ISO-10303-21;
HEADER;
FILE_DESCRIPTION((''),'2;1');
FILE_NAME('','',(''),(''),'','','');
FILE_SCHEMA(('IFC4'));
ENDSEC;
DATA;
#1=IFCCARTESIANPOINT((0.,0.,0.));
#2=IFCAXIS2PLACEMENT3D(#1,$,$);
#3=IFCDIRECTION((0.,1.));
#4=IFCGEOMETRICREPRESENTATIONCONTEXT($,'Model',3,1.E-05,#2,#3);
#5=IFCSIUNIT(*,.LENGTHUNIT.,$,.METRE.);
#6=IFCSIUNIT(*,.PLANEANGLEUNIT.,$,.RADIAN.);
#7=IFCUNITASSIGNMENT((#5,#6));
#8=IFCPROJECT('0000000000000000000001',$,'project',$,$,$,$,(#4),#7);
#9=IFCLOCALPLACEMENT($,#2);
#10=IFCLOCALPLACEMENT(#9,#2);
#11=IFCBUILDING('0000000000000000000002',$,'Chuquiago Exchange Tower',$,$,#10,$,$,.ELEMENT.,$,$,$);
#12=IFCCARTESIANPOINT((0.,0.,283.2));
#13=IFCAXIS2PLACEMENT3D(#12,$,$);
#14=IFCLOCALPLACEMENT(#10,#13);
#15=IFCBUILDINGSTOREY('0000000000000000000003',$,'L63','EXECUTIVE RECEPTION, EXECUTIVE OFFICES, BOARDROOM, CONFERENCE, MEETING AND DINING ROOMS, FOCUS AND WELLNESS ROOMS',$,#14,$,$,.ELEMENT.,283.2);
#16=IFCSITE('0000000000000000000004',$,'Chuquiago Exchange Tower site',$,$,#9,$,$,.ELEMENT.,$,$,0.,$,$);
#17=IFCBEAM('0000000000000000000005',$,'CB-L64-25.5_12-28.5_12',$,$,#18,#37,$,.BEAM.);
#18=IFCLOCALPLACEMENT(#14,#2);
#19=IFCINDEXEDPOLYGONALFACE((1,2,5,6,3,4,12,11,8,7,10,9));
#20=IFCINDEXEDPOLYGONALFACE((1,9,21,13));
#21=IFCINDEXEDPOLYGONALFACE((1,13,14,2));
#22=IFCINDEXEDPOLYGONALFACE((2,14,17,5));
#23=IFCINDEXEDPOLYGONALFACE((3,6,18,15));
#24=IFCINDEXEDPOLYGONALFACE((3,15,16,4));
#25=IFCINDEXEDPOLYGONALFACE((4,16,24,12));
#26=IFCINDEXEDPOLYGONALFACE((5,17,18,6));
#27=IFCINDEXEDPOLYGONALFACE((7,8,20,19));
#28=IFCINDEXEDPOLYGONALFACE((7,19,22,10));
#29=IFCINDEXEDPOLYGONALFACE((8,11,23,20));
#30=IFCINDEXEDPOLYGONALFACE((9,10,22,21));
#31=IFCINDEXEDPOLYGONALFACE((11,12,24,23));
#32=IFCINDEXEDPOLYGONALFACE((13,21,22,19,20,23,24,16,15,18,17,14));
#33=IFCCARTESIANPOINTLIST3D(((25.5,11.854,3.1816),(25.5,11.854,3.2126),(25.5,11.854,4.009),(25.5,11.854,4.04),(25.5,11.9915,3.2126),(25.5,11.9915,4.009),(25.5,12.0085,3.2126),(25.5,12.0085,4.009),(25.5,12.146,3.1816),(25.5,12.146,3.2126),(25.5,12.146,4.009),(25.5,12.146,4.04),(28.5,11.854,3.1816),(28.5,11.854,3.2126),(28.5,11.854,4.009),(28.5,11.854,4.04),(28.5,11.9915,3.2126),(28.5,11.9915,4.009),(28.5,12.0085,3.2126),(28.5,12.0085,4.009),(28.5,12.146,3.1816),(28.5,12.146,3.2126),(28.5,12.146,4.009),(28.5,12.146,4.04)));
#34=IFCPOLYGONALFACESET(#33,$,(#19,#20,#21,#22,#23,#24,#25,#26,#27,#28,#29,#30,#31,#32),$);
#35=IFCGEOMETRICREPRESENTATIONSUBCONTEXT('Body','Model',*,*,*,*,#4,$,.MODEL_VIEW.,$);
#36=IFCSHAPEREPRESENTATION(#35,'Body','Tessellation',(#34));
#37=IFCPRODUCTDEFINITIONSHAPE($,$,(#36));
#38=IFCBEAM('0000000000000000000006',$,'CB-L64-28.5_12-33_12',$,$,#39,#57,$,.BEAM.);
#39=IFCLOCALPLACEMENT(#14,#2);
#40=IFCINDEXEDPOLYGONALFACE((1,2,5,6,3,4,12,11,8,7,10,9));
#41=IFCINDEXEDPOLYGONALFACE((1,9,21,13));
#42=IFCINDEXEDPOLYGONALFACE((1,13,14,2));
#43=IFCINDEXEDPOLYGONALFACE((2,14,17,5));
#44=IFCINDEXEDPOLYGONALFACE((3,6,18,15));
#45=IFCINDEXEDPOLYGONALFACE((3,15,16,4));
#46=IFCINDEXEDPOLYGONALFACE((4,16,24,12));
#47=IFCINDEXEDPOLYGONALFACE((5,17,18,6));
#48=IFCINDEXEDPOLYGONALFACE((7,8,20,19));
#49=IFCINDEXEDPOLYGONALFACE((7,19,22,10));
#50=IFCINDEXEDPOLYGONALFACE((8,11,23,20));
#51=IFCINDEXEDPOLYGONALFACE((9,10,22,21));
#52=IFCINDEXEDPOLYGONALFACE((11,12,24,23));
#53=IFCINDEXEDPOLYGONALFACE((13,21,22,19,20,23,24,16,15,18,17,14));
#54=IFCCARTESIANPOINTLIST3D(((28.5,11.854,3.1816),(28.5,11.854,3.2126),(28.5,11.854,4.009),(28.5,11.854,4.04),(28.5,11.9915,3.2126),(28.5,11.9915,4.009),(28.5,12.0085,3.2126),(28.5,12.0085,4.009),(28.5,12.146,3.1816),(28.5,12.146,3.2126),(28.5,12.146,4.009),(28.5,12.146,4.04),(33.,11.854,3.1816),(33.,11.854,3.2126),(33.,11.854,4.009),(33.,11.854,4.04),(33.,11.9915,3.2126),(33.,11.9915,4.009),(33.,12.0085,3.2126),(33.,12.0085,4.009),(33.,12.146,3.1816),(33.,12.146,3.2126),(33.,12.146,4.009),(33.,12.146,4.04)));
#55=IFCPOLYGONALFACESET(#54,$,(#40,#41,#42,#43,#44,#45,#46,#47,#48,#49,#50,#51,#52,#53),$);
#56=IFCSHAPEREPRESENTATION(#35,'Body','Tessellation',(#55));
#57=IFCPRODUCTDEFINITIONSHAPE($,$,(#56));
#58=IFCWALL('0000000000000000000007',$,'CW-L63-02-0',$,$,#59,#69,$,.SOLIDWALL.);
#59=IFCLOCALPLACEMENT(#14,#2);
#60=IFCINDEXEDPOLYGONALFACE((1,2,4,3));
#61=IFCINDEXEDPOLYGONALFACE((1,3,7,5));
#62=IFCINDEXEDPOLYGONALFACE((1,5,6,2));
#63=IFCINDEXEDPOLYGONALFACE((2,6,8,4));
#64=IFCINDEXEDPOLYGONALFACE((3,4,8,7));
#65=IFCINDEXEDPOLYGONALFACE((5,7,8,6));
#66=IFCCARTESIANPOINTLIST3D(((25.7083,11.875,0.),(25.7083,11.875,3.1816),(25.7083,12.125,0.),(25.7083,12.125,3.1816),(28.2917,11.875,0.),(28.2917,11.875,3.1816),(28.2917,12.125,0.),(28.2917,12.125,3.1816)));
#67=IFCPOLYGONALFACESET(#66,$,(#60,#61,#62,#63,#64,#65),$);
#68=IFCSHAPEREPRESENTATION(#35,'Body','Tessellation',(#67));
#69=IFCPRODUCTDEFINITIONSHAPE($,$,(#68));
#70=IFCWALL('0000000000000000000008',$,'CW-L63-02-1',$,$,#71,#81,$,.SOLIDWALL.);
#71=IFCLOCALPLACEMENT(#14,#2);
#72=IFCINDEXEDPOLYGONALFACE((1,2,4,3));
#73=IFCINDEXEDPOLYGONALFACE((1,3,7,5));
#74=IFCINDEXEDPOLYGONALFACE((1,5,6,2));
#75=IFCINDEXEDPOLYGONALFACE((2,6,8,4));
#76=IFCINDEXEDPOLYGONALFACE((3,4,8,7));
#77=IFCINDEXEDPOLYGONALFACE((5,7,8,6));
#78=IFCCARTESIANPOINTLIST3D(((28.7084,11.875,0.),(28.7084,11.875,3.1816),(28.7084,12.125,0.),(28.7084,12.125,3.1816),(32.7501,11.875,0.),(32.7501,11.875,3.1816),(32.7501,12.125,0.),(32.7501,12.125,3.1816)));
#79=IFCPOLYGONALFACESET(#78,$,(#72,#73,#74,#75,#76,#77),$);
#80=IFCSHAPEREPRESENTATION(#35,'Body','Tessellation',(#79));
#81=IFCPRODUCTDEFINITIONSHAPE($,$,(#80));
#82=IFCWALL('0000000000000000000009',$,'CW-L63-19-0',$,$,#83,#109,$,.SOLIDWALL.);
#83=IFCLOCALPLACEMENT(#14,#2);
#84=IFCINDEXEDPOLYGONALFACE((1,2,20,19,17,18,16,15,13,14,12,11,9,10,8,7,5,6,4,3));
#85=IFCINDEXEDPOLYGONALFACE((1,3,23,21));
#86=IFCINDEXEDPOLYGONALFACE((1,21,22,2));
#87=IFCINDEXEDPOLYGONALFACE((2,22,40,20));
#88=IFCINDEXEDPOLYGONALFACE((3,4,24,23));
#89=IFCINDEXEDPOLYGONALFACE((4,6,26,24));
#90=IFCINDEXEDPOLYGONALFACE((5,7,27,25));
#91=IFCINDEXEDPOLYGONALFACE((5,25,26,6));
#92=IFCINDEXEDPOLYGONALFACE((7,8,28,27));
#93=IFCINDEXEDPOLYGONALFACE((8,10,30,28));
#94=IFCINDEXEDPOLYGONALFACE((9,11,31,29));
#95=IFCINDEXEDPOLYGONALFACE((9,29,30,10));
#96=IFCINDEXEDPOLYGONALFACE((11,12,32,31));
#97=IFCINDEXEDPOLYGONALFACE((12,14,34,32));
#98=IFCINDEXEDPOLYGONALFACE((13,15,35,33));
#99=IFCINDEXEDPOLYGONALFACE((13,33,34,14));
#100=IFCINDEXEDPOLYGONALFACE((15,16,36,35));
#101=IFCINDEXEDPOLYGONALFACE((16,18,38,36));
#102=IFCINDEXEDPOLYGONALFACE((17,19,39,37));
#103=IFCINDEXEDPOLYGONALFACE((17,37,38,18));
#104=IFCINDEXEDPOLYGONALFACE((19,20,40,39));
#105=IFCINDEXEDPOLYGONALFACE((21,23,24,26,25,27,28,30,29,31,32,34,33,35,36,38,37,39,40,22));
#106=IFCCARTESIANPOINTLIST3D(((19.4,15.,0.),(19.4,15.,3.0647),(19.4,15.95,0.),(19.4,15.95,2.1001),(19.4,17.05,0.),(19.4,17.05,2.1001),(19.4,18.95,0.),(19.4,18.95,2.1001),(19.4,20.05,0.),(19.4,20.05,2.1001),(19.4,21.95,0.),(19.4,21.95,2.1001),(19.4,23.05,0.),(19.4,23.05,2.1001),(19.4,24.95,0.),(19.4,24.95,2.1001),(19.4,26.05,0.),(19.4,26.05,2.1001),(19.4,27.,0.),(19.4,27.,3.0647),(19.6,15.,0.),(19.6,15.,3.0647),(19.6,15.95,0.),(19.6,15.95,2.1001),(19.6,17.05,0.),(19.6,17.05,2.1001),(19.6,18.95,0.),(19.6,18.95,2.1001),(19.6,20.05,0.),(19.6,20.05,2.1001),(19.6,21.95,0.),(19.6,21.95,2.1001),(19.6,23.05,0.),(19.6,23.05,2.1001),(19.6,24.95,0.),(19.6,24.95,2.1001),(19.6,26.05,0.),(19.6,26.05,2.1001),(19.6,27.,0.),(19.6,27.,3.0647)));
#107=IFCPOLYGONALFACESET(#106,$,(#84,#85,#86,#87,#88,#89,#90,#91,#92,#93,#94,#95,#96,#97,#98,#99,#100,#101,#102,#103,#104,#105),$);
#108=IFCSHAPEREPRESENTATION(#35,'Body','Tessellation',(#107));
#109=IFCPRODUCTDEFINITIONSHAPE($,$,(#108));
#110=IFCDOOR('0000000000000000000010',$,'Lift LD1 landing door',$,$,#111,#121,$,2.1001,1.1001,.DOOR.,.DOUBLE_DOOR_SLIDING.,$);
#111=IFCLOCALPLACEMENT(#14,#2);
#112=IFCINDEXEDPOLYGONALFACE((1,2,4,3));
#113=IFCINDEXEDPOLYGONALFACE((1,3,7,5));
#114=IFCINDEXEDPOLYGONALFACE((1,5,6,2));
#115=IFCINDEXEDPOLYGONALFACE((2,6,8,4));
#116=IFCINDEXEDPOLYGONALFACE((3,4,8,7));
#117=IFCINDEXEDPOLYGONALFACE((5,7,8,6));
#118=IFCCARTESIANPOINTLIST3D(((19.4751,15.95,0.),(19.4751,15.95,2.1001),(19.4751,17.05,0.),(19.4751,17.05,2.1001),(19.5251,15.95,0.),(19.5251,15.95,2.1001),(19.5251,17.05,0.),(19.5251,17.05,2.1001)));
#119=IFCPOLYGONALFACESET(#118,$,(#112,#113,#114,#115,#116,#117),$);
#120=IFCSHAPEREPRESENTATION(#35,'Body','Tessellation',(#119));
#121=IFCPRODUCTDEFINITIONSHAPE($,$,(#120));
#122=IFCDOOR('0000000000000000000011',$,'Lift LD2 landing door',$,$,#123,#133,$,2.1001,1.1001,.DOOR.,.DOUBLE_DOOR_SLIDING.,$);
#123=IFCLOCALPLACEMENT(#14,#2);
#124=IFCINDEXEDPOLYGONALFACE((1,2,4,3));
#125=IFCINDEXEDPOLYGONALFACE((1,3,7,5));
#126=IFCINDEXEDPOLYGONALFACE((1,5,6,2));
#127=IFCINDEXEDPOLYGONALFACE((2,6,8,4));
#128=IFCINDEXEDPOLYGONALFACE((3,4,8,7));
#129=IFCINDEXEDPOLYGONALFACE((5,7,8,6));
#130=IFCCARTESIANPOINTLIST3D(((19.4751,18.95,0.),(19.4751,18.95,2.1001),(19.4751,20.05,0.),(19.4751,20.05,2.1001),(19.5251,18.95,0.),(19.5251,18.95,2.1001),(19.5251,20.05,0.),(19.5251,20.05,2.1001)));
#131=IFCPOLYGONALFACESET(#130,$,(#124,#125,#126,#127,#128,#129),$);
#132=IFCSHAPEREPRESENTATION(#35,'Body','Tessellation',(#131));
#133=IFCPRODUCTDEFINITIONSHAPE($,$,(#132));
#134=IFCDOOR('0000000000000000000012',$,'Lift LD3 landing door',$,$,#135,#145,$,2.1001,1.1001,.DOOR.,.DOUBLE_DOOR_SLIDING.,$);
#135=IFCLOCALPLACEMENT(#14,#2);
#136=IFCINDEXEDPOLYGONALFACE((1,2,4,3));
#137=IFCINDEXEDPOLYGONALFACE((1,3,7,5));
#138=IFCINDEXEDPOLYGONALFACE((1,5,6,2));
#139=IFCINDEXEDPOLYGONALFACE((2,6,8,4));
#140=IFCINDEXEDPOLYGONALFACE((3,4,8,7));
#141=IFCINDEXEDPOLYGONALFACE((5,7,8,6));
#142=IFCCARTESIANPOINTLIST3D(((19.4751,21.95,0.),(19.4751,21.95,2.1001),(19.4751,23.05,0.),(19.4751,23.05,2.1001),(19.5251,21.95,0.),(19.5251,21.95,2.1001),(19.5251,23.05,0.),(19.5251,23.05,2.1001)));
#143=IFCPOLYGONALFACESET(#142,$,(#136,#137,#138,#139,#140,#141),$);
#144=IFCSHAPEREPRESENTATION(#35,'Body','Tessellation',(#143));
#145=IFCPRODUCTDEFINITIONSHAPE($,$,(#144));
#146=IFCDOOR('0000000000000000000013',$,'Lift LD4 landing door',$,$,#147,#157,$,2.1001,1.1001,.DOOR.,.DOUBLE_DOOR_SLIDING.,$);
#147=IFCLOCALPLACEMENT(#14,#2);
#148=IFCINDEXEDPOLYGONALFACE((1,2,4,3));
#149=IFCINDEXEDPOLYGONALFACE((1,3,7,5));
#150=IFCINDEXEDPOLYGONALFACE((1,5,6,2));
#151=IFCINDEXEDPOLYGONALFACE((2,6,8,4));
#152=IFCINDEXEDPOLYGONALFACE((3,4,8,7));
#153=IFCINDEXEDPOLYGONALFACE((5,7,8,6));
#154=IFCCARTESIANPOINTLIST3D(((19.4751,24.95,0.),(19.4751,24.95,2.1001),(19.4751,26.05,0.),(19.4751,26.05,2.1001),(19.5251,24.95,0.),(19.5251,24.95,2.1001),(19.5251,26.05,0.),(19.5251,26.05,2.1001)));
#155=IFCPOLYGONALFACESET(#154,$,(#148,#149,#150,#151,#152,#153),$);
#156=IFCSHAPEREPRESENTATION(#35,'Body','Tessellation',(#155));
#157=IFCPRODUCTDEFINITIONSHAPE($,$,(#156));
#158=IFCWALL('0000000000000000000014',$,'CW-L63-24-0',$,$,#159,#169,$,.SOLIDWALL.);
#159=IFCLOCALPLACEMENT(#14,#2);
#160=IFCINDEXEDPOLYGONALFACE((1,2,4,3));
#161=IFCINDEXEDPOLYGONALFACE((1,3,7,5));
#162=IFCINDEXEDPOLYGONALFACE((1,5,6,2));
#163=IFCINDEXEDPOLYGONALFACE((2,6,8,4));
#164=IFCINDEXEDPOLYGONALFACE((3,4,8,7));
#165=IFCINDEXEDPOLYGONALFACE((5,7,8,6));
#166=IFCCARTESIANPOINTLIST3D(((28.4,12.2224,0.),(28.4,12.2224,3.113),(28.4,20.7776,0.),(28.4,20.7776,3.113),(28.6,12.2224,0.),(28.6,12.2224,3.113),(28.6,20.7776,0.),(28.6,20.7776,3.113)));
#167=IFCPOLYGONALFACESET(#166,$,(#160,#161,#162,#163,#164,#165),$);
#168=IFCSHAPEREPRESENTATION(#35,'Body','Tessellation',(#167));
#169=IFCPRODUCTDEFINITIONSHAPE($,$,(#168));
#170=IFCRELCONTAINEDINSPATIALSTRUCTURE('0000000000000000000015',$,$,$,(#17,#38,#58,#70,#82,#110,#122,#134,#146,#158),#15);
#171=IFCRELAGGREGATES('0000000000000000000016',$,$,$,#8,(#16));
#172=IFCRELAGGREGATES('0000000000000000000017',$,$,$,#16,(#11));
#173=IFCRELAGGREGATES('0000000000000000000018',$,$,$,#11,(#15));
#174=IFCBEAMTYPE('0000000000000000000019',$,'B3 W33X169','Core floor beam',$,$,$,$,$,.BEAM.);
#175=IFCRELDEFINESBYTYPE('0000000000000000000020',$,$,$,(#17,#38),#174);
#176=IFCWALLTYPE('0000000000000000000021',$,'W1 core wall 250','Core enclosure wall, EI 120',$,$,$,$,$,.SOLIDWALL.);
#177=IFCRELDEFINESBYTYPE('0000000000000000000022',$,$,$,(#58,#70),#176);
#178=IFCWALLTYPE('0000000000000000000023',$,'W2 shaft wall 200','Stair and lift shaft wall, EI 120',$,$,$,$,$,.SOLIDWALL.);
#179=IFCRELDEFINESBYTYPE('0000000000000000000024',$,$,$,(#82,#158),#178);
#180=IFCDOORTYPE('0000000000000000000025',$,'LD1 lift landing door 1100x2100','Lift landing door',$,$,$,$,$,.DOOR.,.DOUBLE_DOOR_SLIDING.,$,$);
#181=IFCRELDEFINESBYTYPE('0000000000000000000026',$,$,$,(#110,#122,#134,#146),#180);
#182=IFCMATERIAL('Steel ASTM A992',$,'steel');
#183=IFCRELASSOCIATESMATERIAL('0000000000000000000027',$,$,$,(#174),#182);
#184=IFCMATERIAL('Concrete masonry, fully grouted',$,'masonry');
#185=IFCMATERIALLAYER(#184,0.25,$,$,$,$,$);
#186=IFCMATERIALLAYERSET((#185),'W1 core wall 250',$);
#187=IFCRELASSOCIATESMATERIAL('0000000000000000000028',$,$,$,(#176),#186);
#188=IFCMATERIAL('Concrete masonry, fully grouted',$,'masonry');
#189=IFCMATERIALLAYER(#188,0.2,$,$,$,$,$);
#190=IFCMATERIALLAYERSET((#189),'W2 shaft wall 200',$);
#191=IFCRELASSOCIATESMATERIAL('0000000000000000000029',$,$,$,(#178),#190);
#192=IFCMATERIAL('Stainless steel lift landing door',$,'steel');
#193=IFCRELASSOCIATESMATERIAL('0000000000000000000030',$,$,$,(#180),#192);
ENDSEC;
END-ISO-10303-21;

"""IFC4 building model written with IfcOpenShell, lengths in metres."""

from ifc_helpers import new_model, si_unit, direction, frame, frame_2d, origin, origin_2d, place, context, subcontext, project, spatial, rectangle, i_section, extrude, material, layer, layer_set, material_profile, profile_set, type_object, element, fill, save


model = new_model("IFC4")

# Units and contexts
model_context = context("Model", 3, precision=1e-05, world=origin(), true_north=direction((0.0, 1.0)))
body_context = subcontext(model_context, "Body", "Model", "MODEL_VIEW")
ifc_project = project(units=[si_unit("LENGTHUNIT", "METRE"), si_unit("PLANEANGLEUNIT", "RADIAN")], contexts=[model_context])

# Site, building, storey
site_placement = place(None, origin())
site = spatial("IfcSite", under=ifc_project, at=site_placement, Name="Chuquiago Exchange Tower site", CompositionType="ELEMENT", RefElevation=0.0)
building_placement = place(site_placement, origin())
building = spatial("IfcBuilding", under=site, at=building_placement, Name="Chuquiago Exchange Tower", CompositionType="ELEMENT")
storey_placement = place(building_placement, frame((0.0, 0.0, 283.2)))
storey = spatial("IfcBuildingStorey", under=building, at=storey_placement, Name="L63", Description="EXECUTIVE RECEPTION, EXECUTIVE OFFICES, BOARDROOM, CONFERENCE, MEETING AND DINING ROOMS, FOCUS AND WELLNESS ROOMS", CompositionType="ELEMENT", Elevation=283.2)

# Beams
ifc_material_1 = material(Name="Steel ASTM A992", Category="steel")
ifc_material_profile_1 = material_profile(ifc_material_1, i_section(OverallWidth=0.292, OverallDepth=0.8584, WebThickness=0.0171, FlangeThickness=0.031, at=origin_2d()), Name="W33X169")
ifc_profile_set_1 = profile_set([ifc_material_profile_1], Name="Steel ASTM A992")
beam_type_1 = type_object("IfcBeamType", Name="B3 W33X169", Description="Core floor beam", PredefinedType="BEAM", material=ifc_profile_set_1)
beam_1_placement = place(storey_placement, frame((25.5, 12.0, 3.6108), z_axis=(1.0, 0.0, 0.0), x_axis=(0.0, 1.0, 0.0)))
element("IfcBeam", 1, at=beam_1_placement, inside=storey, type_object=beam_type_1, Name="CB-L64-25.5_12-28.5_12", PredefinedType="BEAM", context=body_context, shape_type="SweptSolid", body=[
    extrude(i_section(OverallWidth=0.292, OverallDepth=0.8584, WebThickness=0.0171, FlangeThickness=0.031, at=origin_2d()), origin(), (0.0, 0.0, 1.0), 3.0),
])
beam_2_placement = place(storey_placement, frame((28.5, 12.0, 3.6108), z_axis=(1.0, 0.0, 0.0), x_axis=(0.0, 1.0, 0.0)))
element("IfcBeam", 2, at=beam_2_placement, inside=storey, type_object=beam_type_1, Name="CB-L64-28.5_12-33_12", PredefinedType="BEAM", context=body_context, shape_type="SweptSolid", body=[
    extrude(i_section(OverallWidth=0.292, OverallDepth=0.8584, WebThickness=0.0171, FlangeThickness=0.031, at=origin_2d()), origin(), (0.0, 0.0, 1.0), 4.5),
])

# Walls
ifc_material_2 = material(Name="Concrete masonry, fully grouted", Category="masonry")
ifc_layer_1 = layer(ifc_material_2, 0.25)
ifc_layer_set_1 = layer_set([ifc_layer_1], Name="W1 core wall 250")
wall_type_1 = type_object("IfcWallType", Name="W1 core wall 250", Description="Core enclosure wall, EI 120", PredefinedType="SOLIDWALL", material=ifc_layer_set_1)
wall_1_placement = place(storey_placement, frame((25.7083, 12.0, 0.0), z_axis=(0.0, 0.0, 1.0), x_axis=(1.0, 0.0, 0.0)))
element("IfcWall", 3, at=wall_1_placement, inside=storey, type_object=wall_type_1, Name="CW-L63-02-0", PredefinedType="SOLIDWALL", context=body_context, shape_type="SweptSolid", body=[
    extrude(rectangle(XDim=2.5835, YDim=0.25, at=frame_2d((1.2917, 0.0))), origin(), (0.0, 0.0, 1.0), 3.1816),
])
wall_2_placement = place(storey_placement, frame((28.7083, 12.0, 0.0), z_axis=(0.0, 0.0, 1.0), x_axis=(1.0, 0.0, 0.0)))
element("IfcWall", 4, at=wall_2_placement, inside=storey, type_object=wall_type_1, Name="CW-L63-02-1", PredefinedType="SOLIDWALL", context=body_context, shape_type="SweptSolid", body=[
    extrude(rectangle(XDim=4.0417, YDim=0.25, at=frame_2d((2.021, 0.0))), origin(), (0.0, 0.0, 1.0), 3.1816),
])

# Wall, openings, doors
ifc_material_3 = material(Name="Concrete masonry, fully grouted", Category="masonry")
ifc_layer_2 = layer(ifc_material_3, 0.2)
ifc_layer_set_2 = layer_set([ifc_layer_2], Name="W2 shaft wall 200")
wall_type_2 = type_object("IfcWallType", Name="W2 shaft wall 200", Description="Stair and lift shaft wall, EI 120", PredefinedType="SOLIDWALL", material=ifc_layer_set_2)
wall_3_placement = place(storey_placement, frame((19.5, 15.0, 0.0), z_axis=(0.0, 0.0, 1.0), x_axis=(0.0, 1.0, 0.0)))
wall_3 = element("IfcWall", 5, at=wall_3_placement, inside=storey, type_object=wall_type_2, Name="CW-L63-19-0", PredefinedType="SOLIDWALL", context=body_context, shape_type="SweptSolid", body=[
    extrude(rectangle(XDim=12.0, YDim=0.2, at=frame_2d((6.0, 0.0))), origin(), (0.0, 0.0, 1.0), 3.0647),
])
opening_1_placement = place(wall_3_placement, frame((0.95, 0.0, 0.0)))
opening_1 = element("IfcOpeningElement", 6, at=opening_1_placement, cuts=wall_3, PredefinedType="OPENING", context=body_context, shape_type="SweptSolid", body=[
    extrude(rectangle(XDim=1.1001, YDim=2.1001, at=frame_2d((0.55, 1.05))), frame((0.0, 0.1099, 0.0), z_axis=(0.0, -1.0, 0.0), x_axis=(1.0, 0.0, 0.0)), (0.0, 0.0, 1.0), 0.22),
])
opening_2_placement = place(wall_3_placement, frame((3.95, 0.0, 0.0)))
opening_2 = element("IfcOpeningElement", 7, at=opening_2_placement, cuts=wall_3, PredefinedType="OPENING", context=body_context, shape_type="SweptSolid", body=[
    extrude(rectangle(XDim=1.1001, YDim=2.1001, at=frame_2d((0.55, 1.05))), frame((0.0, 0.1099, 0.0), z_axis=(0.0, -1.0, 0.0), x_axis=(1.0, 0.0, 0.0)), (0.0, 0.0, 1.0), 0.22),
])
opening_3_placement = place(wall_3_placement, frame((6.95, 0.0, 0.0)))
opening_3 = element("IfcOpeningElement", 8, at=opening_3_placement, cuts=wall_3, PredefinedType="OPENING", context=body_context, shape_type="SweptSolid", body=[
    extrude(rectangle(XDim=1.1001, YDim=2.1001, at=frame_2d((0.55, 1.05))), frame((0.0, 0.1099, 0.0), z_axis=(0.0, -1.0, 0.0), x_axis=(1.0, 0.0, 0.0)), (0.0, 0.0, 1.0), 0.22),
])
opening_4_placement = place(wall_3_placement, frame((9.95, 0.0, 0.0)))
opening_4 = element("IfcOpeningElement", 9, at=opening_4_placement, cuts=wall_3, PredefinedType="OPENING", context=body_context, shape_type="SweptSolid", body=[
    extrude(rectangle(XDim=1.1001, YDim=2.1001, at=frame_2d((0.55, 1.05))), frame((0.0, 0.1099, 0.0), z_axis=(0.0, -1.0, 0.0), x_axis=(1.0, 0.0, 0.0)), (0.0, 0.0, 1.0), 0.22),
])
ifc_material_4 = material(Name="Stainless steel lift landing door", Category="steel")
door_type = type_object("IfcDoorType", Name="LD1 lift landing door 1100x2100", Description="Lift landing door", OperationType="DOUBLE_DOOR_SLIDING", PredefinedType="DOOR", material=ifc_material_4)
door_1_placement = place(opening_1_placement, origin())
door_1 = element("IfcDoor", 10, at=door_1_placement, inside=storey, type_object=door_type, Name="Lift LD1 landing door", OperationType="DOUBLE_DOOR_SLIDING", OverallHeight=2.1001, OverallWidth=1.1001, PredefinedType="DOOR", context=body_context, shape_type="SweptSolid", body=[
    extrude(rectangle(XDim=1.1001, YDim=2.1001, at=frame_2d((0.55, 1.05))), frame((0.0, 0.0249, 0.0), z_axis=(0.0, -1.0, 0.0), x_axis=(1.0, 0.0, 0.0)), (0.0, 0.0, 1.0), 0.05),
])
fill(opening_1, door_1)
door_2_placement = place(opening_2_placement, origin())
door_2 = element("IfcDoor", 11, at=door_2_placement, inside=storey, type_object=door_type, Name="Lift LD2 landing door", OperationType="DOUBLE_DOOR_SLIDING", OverallHeight=2.1001, OverallWidth=1.1001, PredefinedType="DOOR", context=body_context, shape_type="SweptSolid", body=[
    extrude(rectangle(XDim=1.1001, YDim=2.1001, at=frame_2d((0.55, 1.05))), frame((0.0, 0.0249, 0.0), z_axis=(0.0, -1.0, 0.0), x_axis=(1.0, 0.0, 0.0)), (0.0, 0.0, 1.0), 0.05),
])
fill(opening_2, door_2)
door_3_placement = place(opening_3_placement, origin())
door_3 = element("IfcDoor", 12, at=door_3_placement, inside=storey, type_object=door_type, Name="Lift LD3 landing door", OperationType="DOUBLE_DOOR_SLIDING", OverallHeight=2.1001, OverallWidth=1.1001, PredefinedType="DOOR", context=body_context, shape_type="SweptSolid", body=[
    extrude(rectangle(XDim=1.1001, YDim=2.1001, at=frame_2d((0.55, 1.05))), frame((0.0, 0.0249, 0.0), z_axis=(0.0, -1.0, 0.0), x_axis=(1.0, 0.0, 0.0)), (0.0, 0.0, 1.0), 0.05),
])
fill(opening_3, door_3)
door_4_placement = place(opening_4_placement, origin())
door_4 = element("IfcDoor", 13, at=door_4_placement, inside=storey, type_object=door_type, Name="Lift LD4 landing door", OperationType="DOUBLE_DOOR_SLIDING", OverallHeight=2.1001, OverallWidth=1.1001, PredefinedType="DOOR", context=body_context, shape_type="SweptSolid", body=[
    extrude(rectangle(XDim=1.1001, YDim=2.1001, at=frame_2d((0.55, 1.05))), frame((0.0, 0.0249, 0.0), z_axis=(0.0, -1.0, 0.0), x_axis=(1.0, 0.0, 0.0)), (0.0, 0.0, 1.0), 0.05),
])
fill(opening_4, door_4)

# Wall
wall_4_placement = place(storey_placement, frame((28.5, 12.2224, 0.0), z_axis=(0.0, 0.0, 1.0), x_axis=(0.0, 1.0, 0.0)))
element("IfcWall", 14, at=wall_4_placement, inside=storey, type_object=wall_type_2, Name="CW-L63-24-0", PredefinedType="SOLIDWALL", context=body_context, shape_type="SweptSolid", body=[
    extrude(rectangle(XDim=8.5552, YDim=0.2, at=frame_2d((4.2776, 0.0))), origin(), (0.0, 0.0, 1.0), 3.113),
])

save(model, "model.ifc")
